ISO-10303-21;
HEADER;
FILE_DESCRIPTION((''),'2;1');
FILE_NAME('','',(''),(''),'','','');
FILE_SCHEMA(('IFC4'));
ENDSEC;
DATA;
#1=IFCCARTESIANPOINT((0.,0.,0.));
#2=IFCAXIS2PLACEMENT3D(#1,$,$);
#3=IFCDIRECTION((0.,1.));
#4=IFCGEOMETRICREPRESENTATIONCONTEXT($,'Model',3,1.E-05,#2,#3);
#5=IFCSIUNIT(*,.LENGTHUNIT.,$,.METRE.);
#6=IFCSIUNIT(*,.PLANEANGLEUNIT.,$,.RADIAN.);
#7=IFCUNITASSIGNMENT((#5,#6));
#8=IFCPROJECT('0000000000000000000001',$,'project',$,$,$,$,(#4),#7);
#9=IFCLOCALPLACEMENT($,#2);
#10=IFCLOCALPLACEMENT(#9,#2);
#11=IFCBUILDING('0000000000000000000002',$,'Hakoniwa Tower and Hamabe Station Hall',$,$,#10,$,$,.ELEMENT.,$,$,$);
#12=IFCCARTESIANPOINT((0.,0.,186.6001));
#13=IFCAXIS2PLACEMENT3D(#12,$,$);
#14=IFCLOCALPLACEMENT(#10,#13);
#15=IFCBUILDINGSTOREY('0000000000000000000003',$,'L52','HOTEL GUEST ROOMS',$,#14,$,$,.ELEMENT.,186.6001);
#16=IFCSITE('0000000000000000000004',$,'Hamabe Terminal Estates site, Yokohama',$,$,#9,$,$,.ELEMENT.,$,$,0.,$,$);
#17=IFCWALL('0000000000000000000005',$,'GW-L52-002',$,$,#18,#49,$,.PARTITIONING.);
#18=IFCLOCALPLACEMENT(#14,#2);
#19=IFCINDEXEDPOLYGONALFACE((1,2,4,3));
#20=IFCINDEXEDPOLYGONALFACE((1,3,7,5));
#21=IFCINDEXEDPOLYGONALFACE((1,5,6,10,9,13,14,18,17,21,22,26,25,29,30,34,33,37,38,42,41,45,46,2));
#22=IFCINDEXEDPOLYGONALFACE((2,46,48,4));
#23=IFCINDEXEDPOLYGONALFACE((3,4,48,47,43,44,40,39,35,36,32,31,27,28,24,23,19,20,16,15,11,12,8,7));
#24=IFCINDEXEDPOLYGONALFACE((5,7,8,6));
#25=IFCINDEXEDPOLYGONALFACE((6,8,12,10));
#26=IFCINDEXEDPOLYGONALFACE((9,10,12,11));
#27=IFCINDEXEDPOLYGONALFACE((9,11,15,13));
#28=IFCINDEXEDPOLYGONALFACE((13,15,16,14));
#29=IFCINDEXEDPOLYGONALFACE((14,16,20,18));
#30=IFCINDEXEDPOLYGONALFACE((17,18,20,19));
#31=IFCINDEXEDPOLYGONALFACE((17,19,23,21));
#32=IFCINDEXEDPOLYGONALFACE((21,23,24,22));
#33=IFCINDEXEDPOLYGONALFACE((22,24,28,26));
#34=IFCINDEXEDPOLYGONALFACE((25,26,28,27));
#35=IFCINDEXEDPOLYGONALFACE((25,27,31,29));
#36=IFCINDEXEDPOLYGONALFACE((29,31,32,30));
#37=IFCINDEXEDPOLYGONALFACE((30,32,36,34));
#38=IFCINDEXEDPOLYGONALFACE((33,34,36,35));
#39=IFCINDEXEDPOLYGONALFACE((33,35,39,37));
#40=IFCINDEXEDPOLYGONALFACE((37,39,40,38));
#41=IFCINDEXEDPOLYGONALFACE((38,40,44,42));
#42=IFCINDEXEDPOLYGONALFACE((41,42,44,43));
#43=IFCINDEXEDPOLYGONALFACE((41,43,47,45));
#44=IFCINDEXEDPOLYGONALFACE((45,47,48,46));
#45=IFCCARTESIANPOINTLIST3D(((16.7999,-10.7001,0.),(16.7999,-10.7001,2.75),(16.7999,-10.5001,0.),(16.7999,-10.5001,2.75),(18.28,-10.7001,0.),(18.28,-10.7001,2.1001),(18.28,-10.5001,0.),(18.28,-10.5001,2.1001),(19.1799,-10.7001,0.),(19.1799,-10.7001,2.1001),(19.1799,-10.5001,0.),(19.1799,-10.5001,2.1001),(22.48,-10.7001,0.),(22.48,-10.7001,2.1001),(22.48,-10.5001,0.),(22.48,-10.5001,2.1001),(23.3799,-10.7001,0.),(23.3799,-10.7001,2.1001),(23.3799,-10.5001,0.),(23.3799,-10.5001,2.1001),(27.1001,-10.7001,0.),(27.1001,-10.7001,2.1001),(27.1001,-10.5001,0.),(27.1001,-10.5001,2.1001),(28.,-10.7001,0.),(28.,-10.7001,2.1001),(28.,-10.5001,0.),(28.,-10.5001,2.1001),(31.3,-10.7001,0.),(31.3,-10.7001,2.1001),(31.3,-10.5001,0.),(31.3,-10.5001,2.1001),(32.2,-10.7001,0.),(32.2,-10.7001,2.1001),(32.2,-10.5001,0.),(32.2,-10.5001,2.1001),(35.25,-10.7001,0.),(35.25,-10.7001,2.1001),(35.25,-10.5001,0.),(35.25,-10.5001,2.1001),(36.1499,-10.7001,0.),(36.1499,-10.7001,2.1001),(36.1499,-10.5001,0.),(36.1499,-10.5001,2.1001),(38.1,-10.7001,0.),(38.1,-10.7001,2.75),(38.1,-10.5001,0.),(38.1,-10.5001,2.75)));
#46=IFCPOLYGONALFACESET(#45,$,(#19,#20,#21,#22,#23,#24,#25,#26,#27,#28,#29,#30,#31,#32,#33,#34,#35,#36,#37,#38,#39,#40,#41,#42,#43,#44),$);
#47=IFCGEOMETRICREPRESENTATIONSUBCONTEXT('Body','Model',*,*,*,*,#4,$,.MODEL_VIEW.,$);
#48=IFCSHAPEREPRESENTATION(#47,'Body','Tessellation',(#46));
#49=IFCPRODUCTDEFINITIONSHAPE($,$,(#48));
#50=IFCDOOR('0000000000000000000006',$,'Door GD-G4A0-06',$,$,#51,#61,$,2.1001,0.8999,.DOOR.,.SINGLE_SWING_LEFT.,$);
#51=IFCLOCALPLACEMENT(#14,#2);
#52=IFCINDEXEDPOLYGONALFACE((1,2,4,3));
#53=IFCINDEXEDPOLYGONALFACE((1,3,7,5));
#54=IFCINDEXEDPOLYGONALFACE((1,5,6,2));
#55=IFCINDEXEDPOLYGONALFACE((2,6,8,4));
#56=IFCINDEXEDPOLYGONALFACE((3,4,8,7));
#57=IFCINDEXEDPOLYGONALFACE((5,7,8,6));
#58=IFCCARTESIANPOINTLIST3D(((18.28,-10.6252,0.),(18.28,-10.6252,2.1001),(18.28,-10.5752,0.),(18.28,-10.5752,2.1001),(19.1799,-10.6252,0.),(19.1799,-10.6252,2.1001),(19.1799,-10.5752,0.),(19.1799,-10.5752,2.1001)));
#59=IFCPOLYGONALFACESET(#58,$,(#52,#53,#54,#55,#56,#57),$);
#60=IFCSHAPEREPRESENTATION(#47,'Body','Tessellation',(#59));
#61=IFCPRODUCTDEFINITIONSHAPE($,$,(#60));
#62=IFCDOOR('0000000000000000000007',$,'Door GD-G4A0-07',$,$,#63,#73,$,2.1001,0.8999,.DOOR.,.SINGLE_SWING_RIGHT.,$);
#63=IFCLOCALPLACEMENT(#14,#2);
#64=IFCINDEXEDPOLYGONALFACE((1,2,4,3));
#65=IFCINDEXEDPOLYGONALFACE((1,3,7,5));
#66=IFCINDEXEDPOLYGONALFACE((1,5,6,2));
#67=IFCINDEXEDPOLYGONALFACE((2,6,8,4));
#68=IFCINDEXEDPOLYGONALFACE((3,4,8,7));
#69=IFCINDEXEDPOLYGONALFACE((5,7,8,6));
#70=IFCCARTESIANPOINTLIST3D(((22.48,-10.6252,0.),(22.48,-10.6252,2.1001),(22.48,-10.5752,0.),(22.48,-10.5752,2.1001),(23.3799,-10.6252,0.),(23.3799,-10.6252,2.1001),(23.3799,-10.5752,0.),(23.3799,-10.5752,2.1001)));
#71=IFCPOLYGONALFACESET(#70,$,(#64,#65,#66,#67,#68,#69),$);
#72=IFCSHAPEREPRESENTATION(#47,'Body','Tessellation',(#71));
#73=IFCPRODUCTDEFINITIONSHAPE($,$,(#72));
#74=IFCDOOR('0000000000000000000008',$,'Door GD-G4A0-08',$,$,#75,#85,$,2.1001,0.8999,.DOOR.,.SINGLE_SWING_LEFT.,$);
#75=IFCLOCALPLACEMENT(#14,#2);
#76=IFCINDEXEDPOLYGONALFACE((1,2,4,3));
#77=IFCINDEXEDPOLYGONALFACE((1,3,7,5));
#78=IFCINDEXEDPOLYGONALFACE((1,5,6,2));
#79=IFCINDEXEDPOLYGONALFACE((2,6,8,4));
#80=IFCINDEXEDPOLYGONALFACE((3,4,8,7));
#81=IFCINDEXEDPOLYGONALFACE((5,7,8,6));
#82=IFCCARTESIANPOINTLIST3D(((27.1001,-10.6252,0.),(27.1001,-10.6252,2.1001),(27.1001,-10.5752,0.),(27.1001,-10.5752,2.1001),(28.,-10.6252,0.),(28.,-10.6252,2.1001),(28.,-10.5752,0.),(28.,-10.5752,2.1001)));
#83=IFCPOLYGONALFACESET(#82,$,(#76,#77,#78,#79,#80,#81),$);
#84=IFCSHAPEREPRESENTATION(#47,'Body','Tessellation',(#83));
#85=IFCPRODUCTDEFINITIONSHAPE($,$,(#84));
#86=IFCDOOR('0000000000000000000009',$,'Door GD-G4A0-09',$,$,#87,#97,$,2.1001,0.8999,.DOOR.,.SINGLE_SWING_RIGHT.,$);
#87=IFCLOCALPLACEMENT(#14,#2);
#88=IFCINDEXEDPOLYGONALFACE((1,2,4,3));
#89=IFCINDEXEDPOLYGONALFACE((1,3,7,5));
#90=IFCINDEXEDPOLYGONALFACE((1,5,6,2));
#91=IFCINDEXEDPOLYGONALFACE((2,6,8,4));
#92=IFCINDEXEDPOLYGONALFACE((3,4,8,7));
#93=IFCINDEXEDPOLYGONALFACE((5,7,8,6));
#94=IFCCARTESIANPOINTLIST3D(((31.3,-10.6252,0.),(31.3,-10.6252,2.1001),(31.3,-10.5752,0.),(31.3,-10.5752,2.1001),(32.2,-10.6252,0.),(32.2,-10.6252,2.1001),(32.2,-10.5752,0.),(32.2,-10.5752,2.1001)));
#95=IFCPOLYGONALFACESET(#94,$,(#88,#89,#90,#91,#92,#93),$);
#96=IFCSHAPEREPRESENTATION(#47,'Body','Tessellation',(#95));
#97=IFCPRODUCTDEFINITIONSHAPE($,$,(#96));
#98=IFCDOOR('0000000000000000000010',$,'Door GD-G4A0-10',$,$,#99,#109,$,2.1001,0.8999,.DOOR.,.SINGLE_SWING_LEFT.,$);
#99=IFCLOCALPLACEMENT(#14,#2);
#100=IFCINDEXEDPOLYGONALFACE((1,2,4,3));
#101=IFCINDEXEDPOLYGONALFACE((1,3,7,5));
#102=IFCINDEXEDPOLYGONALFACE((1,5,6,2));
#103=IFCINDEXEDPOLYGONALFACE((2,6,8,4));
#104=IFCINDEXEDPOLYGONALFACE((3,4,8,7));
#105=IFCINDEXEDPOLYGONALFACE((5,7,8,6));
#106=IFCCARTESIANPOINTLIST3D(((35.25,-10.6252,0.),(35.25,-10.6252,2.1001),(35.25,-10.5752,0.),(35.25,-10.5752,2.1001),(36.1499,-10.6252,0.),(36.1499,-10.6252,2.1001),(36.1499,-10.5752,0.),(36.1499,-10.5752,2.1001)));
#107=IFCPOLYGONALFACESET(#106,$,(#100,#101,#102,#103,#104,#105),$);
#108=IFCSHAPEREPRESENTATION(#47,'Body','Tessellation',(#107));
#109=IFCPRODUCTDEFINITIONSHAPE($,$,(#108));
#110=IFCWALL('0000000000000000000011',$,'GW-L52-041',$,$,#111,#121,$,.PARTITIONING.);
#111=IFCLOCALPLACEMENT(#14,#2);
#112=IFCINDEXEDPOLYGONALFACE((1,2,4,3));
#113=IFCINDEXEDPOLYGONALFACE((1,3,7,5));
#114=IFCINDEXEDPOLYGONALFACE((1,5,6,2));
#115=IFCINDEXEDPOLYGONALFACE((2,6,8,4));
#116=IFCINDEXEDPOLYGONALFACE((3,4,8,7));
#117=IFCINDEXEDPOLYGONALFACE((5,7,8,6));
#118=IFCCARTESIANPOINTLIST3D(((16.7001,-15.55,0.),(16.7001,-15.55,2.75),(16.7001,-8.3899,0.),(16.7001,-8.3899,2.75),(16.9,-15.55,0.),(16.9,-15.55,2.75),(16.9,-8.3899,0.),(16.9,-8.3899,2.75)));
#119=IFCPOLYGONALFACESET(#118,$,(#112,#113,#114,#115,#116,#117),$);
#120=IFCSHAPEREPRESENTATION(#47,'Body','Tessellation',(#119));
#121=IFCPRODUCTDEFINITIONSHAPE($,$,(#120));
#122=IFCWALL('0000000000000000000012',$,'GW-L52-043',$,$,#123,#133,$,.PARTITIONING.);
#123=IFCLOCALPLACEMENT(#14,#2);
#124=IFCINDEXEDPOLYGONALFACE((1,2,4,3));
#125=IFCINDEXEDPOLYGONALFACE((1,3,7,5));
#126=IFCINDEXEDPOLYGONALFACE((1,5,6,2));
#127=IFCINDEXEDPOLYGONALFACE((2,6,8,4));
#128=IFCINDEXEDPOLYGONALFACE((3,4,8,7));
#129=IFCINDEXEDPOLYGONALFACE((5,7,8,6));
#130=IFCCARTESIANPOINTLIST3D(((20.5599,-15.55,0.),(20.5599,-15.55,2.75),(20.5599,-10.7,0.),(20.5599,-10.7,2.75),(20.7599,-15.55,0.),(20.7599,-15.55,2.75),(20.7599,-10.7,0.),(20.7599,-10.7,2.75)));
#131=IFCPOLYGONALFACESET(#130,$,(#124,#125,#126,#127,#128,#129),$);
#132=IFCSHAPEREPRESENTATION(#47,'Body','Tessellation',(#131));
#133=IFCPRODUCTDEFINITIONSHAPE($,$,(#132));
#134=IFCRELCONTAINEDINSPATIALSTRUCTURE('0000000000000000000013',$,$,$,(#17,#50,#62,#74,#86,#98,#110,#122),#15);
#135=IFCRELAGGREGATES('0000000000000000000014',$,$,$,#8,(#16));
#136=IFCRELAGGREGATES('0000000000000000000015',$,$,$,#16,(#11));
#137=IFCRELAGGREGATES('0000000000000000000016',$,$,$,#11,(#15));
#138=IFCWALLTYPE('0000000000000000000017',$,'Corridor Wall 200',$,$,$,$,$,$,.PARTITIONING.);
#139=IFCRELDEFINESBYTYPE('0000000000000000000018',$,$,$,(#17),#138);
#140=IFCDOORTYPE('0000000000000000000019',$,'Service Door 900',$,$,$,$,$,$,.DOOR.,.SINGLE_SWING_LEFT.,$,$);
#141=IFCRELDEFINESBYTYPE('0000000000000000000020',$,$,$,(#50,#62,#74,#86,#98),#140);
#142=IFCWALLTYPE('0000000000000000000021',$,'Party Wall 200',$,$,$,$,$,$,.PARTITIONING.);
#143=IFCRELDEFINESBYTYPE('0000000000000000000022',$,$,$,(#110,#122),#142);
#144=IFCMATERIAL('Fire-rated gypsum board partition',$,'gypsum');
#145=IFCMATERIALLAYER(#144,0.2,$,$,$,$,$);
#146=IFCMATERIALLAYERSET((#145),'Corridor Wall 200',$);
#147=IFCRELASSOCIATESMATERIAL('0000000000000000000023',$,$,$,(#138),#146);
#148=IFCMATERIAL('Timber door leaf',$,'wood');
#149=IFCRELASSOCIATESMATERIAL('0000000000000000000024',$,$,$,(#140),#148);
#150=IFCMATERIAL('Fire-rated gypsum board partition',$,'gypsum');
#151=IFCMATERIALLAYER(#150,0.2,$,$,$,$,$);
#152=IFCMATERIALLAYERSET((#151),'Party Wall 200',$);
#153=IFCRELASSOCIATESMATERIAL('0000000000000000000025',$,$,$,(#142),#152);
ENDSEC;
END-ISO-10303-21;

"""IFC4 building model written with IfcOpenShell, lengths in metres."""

from ifc_helpers import new_model, si_unit, direction, frame, frame_2d, origin, place, context, subcontext, project, spatial, rectangle, extrude, material, layer, layer_set, type_object, element, fill, save


model = new_model("IFC4")

# Units and contexts
model_context = context("Model", 3, precision=1e-05, world=origin(), true_north=direction((0.0, 1.0)))
body_context = subcontext(model_context, "Body", "Model", "MODEL_VIEW")
ifc_project = project(units=[si_unit("LENGTHUNIT", "METRE"), si_unit("PLANEANGLEUNIT", "RADIAN")], contexts=[model_context])

# Site, building, storey
site_placement = place(None, origin())
site = spatial("IfcSite", under=ifc_project, at=site_placement, Name="Hamabe Terminal Estates site, Yokohama", CompositionType="ELEMENT", RefElevation=0.0)
building_placement = place(site_placement, origin())
building = spatial("IfcBuilding", under=site, at=building_placement, Name="Hakoniwa Tower and Hamabe Station Hall", CompositionType="ELEMENT")
storey_placement = place(building_placement, frame((0.0, 0.0, 186.6001)))
storey = spatial("IfcBuildingStorey", under=building, at=storey_placement, Name="L52", Description="HOTEL GUEST ROOMS", CompositionType="ELEMENT", Elevation=186.6001)

# Wall, openings, doors
ifc_material_1 = material(Name="Fire-rated gypsum board partition", Category="gypsum")
ifc_layer_1 = layer(ifc_material_1, 0.2)
ifc_layer_set_1 = layer_set([ifc_layer_1], Name="Corridor Wall 200")
wall_type_1 = type_object("IfcWallType", Name="Corridor Wall 200", PredefinedType="PARTITIONING", material=ifc_layer_set_1)
wall_1_placement = place(storey_placement, frame((16.8, -10.6001, 0.0), z_axis=(0.0, 0.0, 1.0), x_axis=(1.0, 0.0, 0.0)))
wall_1 = element("IfcWall", 1, at=wall_1_placement, inside=storey, type_object=wall_type_1, Name="GW-L52-002", PredefinedType="PARTITIONING", context=body_context, shape_type="SweptSolid", body=[
    extrude(rectangle(XDim=21.3, YDim=0.2, at=frame_2d((10.6499, 0.0))), origin(), (0.0, 0.0, 1.0), 2.75),
])
opening_1_placement = place(wall_1_placement, frame((1.48, 0.0, 0.0)))
opening_1 = element("IfcOpeningElement", 2, at=opening_1_placement, cuts=wall_1, PredefinedType="OPENING", context=body_context, shape_type="SweptSolid", body=[
    extrude(rectangle(XDim=0.8999, YDim=2.1001, at=frame_2d((0.45, 1.05))), frame((0.0, 0.1099, 0.0), z_axis=(0.0, -1.0, 0.0), x_axis=(1.0, 0.0, 0.0)), (0.0, 0.0, 1.0), 0.22),
])
opening_2_placement = place(wall_1_placement, frame((5.6799, 0.0, 0.0)))
opening_2 = element("IfcOpeningElement", 3, at=opening_2_placement, cuts=wall_1, PredefinedType="OPENING", context=body_context, shape_type="SweptSolid", body=[
    extrude(rectangle(XDim=0.8999, YDim=2.1001, at=frame_2d((0.45, 1.05))), frame((0.0, 0.1099, 0.0), z_axis=(0.0, -1.0, 0.0), x_axis=(1.0, 0.0, 0.0)), (0.0, 0.0, 1.0), 0.22),
])
opening_3_placement = place(wall_1_placement, frame((10.3, 0.0, 0.0)))
opening_3 = element("IfcOpeningElement", 4, at=opening_3_placement, cuts=wall_1, PredefinedType="OPENING", context=body_context, shape_type="SweptSolid", body=[
    extrude(rectangle(XDim=0.8999, YDim=2.1001, at=frame_2d((0.45, 1.05))), frame((0.0, 0.1099, 0.0), z_axis=(0.0, -1.0, 0.0), x_axis=(1.0, 0.0, 0.0)), (0.0, 0.0, 1.0), 0.22),
])
opening_4_placement = place(wall_1_placement, frame((14.5, 0.0, 0.0)))
opening_4 = element("IfcOpeningElement", 5, at=opening_4_placement, cuts=wall_1, PredefinedType="OPENING", context=body_context, shape_type="SweptSolid", body=[
    extrude(rectangle(XDim=0.8999, YDim=2.1001, at=frame_2d((0.45, 1.05))), frame((0.0, 0.1099, 0.0), z_axis=(0.0, -1.0, 0.0), x_axis=(1.0, 0.0, 0.0)), (0.0, 0.0, 1.0), 0.22),
])
opening_5_placement = place(wall_1_placement, frame((18.45, 0.0, 0.0)))
opening_5 = element("IfcOpeningElement", 6, at=opening_5_placement, cuts=wall_1, PredefinedType="OPENING", context=body_context, shape_type="SweptSolid", body=[
    extrude(rectangle(XDim=0.8999, YDim=2.1001, at=frame_2d((0.45, 1.05))), frame((0.0, 0.1099, 0.0), z_axis=(0.0, -1.0, 0.0), x_axis=(1.0, 0.0, 0.0)), (0.0, 0.0, 1.0), 0.22),
])
ifc_material_2 = material(Name="Timber door leaf", Category="wood")
door_type_1 = type_object("IfcDoorType", Name="Service Door 900", OperationType="SINGLE_SWING_LEFT", PredefinedType="DOOR", material=ifc_material_2)
door_1_placement = place(opening_1_placement, origin())
door_1 = element("IfcDoor", 7, at=door_1_placement, inside=storey, type_object=door_type_1, Name="Door GD-G4A0-06", OperationType="SINGLE_SWING_LEFT", OverallHeight=2.1001, OverallWidth=0.8999, PredefinedType="DOOR", context=body_context, shape_type="SweptSolid", body=[
    extrude(rectangle(XDim=0.8999, YDim=2.1001, at=frame_2d((0.45, 1.05))), frame((0.0, 0.0249, 0.0), z_axis=(0.0, -1.0, 0.0), x_axis=(1.0, 0.0, 0.0)), (0.0, 0.0, 1.0), 0.05),
])
fill(opening_1, door_1)
door_2_placement = place(opening_2_placement, origin())
door_2 = element("IfcDoor", 8, at=door_2_placement, inside=storey, type_object=door_type_1, Name="Door GD-G4A0-07", OperationType="SINGLE_SWING_RIGHT", OverallHeight=2.1001, OverallWidth=0.8999, PredefinedType="DOOR", context=body_context, shape_type="SweptSolid", body=[
    extrude(rectangle(XDim=0.8999, YDim=2.1001, at=frame_2d((0.45, 1.05))), frame((0.0, 0.0249, 0.0), z_axis=(0.0, -1.0, 0.0), x_axis=(1.0, 0.0, 0.0)), (0.0, 0.0, 1.0), 0.05),
])
fill(opening_2, door_2)
door_3_placement = place(opening_3_placement, origin())
door_3 = element("IfcDoor", 9, at=door_3_placement, inside=storey, type_object=door_type_1, Name="Door GD-G4A0-08", OperationType="SINGLE_SWING_LEFT", OverallHeight=2.1001, OverallWidth=0.8999, PredefinedType="DOOR", context=body_context, shape_type="SweptSolid", body=[
    extrude(rectangle(XDim=0.8999, YDim=2.1001, at=frame_2d((0.45, 1.05))), frame((0.0, 0.0249, 0.0), z_axis=(0.0, -1.0, 0.0), x_axis=(1.0, 0.0, 0.0)), (0.0, 0.0, 1.0), 0.05),
])
fill(opening_3, door_3)
door_4_placement = place(opening_4_placement, origin())
door_4 = element("IfcDoor", 10, at=door_4_placement, inside=storey, type_object=door_type_1, Name="Door GD-G4A0-09", OperationType="SINGLE_SWING_RIGHT", OverallHeight=2.1001, OverallWidth=0.8999, PredefinedType="DOOR", context=body_context, shape_type="SweptSolid", body=[
    extrude(rectangle(XDim=0.8999, YDim=2.1001, at=frame_2d((0.45, 1.05))), frame((0.0, 0.0249, 0.0), z_axis=(0.0, -1.0, 0.0), x_axis=(1.0, 0.0, 0.0)), (0.0, 0.0, 1.0), 0.05),
])
fill(opening_4, door_4)
door_5_placement = place(opening_5_placement, origin())
door_5 = element("IfcDoor", 11, at=door_5_placement, inside=storey, type_object=door_type_1, Name="Door GD-G4A0-10", OperationType="SINGLE_SWING_LEFT", OverallHeight=2.1001, OverallWidth=0.8999, PredefinedType="DOOR", context=body_context, shape_type="SweptSolid", body=[
    extrude(rectangle(XDim=0.8999, YDim=2.1001, at=frame_2d((0.45, 1.05))), frame((0.0, 0.0249, 0.0), z_axis=(0.0, -1.0, 0.0), x_axis=(1.0, 0.0, 0.0)), (0.0, 0.0, 1.0), 0.05),
])
fill(opening_5, door_5)

# Walls
ifc_material_3 = material(Name="Fire-rated gypsum board partition", Category="gypsum")
ifc_layer_2 = layer(ifc_material_3, 0.2)
ifc_layer_set_2 = layer_set([ifc_layer_2], Name="Party Wall 200")
wall_type_2 = type_object("IfcWallType", Name="Party Wall 200", PredefinedType="PARTITIONING", material=ifc_layer_set_2)
wall_2_placement = place(storey_placement, frame((16.8, -15.55, 0.0), z_axis=(0.0, 0.0, 1.0), x_axis=(0.0, 1.0, 0.0)))
element("IfcWall", 12, at=wall_2_placement, inside=storey, type_object=wall_type_2, Name="GW-L52-041", PredefinedType="PARTITIONING", context=body_context, shape_type="SweptSolid", body=[
    extrude(rectangle(XDim=7.1602, YDim=0.2, at=frame_2d((3.5801, 0.0))), origin(), (0.0, 0.0, 1.0), 2.75),
])
wall_3_placement = place(storey_placement, frame((20.6599, -15.55, 0.0), z_axis=(0.0, 0.0, 1.0), x_axis=(0.0, 1.0, 0.0)))
element("IfcWall", 13, at=wall_3_placement, inside=storey, type_object=wall_type_2, Name="GW-L52-043", PredefinedType="PARTITIONING", context=body_context, shape_type="SweptSolid", body=[
    extrude(rectangle(XDim=4.8501, YDim=0.2, at=frame_2d((2.425, 0.0))), origin(), (0.0, 0.0, 1.0), 2.75),
])

save(model, "model.ifc")
